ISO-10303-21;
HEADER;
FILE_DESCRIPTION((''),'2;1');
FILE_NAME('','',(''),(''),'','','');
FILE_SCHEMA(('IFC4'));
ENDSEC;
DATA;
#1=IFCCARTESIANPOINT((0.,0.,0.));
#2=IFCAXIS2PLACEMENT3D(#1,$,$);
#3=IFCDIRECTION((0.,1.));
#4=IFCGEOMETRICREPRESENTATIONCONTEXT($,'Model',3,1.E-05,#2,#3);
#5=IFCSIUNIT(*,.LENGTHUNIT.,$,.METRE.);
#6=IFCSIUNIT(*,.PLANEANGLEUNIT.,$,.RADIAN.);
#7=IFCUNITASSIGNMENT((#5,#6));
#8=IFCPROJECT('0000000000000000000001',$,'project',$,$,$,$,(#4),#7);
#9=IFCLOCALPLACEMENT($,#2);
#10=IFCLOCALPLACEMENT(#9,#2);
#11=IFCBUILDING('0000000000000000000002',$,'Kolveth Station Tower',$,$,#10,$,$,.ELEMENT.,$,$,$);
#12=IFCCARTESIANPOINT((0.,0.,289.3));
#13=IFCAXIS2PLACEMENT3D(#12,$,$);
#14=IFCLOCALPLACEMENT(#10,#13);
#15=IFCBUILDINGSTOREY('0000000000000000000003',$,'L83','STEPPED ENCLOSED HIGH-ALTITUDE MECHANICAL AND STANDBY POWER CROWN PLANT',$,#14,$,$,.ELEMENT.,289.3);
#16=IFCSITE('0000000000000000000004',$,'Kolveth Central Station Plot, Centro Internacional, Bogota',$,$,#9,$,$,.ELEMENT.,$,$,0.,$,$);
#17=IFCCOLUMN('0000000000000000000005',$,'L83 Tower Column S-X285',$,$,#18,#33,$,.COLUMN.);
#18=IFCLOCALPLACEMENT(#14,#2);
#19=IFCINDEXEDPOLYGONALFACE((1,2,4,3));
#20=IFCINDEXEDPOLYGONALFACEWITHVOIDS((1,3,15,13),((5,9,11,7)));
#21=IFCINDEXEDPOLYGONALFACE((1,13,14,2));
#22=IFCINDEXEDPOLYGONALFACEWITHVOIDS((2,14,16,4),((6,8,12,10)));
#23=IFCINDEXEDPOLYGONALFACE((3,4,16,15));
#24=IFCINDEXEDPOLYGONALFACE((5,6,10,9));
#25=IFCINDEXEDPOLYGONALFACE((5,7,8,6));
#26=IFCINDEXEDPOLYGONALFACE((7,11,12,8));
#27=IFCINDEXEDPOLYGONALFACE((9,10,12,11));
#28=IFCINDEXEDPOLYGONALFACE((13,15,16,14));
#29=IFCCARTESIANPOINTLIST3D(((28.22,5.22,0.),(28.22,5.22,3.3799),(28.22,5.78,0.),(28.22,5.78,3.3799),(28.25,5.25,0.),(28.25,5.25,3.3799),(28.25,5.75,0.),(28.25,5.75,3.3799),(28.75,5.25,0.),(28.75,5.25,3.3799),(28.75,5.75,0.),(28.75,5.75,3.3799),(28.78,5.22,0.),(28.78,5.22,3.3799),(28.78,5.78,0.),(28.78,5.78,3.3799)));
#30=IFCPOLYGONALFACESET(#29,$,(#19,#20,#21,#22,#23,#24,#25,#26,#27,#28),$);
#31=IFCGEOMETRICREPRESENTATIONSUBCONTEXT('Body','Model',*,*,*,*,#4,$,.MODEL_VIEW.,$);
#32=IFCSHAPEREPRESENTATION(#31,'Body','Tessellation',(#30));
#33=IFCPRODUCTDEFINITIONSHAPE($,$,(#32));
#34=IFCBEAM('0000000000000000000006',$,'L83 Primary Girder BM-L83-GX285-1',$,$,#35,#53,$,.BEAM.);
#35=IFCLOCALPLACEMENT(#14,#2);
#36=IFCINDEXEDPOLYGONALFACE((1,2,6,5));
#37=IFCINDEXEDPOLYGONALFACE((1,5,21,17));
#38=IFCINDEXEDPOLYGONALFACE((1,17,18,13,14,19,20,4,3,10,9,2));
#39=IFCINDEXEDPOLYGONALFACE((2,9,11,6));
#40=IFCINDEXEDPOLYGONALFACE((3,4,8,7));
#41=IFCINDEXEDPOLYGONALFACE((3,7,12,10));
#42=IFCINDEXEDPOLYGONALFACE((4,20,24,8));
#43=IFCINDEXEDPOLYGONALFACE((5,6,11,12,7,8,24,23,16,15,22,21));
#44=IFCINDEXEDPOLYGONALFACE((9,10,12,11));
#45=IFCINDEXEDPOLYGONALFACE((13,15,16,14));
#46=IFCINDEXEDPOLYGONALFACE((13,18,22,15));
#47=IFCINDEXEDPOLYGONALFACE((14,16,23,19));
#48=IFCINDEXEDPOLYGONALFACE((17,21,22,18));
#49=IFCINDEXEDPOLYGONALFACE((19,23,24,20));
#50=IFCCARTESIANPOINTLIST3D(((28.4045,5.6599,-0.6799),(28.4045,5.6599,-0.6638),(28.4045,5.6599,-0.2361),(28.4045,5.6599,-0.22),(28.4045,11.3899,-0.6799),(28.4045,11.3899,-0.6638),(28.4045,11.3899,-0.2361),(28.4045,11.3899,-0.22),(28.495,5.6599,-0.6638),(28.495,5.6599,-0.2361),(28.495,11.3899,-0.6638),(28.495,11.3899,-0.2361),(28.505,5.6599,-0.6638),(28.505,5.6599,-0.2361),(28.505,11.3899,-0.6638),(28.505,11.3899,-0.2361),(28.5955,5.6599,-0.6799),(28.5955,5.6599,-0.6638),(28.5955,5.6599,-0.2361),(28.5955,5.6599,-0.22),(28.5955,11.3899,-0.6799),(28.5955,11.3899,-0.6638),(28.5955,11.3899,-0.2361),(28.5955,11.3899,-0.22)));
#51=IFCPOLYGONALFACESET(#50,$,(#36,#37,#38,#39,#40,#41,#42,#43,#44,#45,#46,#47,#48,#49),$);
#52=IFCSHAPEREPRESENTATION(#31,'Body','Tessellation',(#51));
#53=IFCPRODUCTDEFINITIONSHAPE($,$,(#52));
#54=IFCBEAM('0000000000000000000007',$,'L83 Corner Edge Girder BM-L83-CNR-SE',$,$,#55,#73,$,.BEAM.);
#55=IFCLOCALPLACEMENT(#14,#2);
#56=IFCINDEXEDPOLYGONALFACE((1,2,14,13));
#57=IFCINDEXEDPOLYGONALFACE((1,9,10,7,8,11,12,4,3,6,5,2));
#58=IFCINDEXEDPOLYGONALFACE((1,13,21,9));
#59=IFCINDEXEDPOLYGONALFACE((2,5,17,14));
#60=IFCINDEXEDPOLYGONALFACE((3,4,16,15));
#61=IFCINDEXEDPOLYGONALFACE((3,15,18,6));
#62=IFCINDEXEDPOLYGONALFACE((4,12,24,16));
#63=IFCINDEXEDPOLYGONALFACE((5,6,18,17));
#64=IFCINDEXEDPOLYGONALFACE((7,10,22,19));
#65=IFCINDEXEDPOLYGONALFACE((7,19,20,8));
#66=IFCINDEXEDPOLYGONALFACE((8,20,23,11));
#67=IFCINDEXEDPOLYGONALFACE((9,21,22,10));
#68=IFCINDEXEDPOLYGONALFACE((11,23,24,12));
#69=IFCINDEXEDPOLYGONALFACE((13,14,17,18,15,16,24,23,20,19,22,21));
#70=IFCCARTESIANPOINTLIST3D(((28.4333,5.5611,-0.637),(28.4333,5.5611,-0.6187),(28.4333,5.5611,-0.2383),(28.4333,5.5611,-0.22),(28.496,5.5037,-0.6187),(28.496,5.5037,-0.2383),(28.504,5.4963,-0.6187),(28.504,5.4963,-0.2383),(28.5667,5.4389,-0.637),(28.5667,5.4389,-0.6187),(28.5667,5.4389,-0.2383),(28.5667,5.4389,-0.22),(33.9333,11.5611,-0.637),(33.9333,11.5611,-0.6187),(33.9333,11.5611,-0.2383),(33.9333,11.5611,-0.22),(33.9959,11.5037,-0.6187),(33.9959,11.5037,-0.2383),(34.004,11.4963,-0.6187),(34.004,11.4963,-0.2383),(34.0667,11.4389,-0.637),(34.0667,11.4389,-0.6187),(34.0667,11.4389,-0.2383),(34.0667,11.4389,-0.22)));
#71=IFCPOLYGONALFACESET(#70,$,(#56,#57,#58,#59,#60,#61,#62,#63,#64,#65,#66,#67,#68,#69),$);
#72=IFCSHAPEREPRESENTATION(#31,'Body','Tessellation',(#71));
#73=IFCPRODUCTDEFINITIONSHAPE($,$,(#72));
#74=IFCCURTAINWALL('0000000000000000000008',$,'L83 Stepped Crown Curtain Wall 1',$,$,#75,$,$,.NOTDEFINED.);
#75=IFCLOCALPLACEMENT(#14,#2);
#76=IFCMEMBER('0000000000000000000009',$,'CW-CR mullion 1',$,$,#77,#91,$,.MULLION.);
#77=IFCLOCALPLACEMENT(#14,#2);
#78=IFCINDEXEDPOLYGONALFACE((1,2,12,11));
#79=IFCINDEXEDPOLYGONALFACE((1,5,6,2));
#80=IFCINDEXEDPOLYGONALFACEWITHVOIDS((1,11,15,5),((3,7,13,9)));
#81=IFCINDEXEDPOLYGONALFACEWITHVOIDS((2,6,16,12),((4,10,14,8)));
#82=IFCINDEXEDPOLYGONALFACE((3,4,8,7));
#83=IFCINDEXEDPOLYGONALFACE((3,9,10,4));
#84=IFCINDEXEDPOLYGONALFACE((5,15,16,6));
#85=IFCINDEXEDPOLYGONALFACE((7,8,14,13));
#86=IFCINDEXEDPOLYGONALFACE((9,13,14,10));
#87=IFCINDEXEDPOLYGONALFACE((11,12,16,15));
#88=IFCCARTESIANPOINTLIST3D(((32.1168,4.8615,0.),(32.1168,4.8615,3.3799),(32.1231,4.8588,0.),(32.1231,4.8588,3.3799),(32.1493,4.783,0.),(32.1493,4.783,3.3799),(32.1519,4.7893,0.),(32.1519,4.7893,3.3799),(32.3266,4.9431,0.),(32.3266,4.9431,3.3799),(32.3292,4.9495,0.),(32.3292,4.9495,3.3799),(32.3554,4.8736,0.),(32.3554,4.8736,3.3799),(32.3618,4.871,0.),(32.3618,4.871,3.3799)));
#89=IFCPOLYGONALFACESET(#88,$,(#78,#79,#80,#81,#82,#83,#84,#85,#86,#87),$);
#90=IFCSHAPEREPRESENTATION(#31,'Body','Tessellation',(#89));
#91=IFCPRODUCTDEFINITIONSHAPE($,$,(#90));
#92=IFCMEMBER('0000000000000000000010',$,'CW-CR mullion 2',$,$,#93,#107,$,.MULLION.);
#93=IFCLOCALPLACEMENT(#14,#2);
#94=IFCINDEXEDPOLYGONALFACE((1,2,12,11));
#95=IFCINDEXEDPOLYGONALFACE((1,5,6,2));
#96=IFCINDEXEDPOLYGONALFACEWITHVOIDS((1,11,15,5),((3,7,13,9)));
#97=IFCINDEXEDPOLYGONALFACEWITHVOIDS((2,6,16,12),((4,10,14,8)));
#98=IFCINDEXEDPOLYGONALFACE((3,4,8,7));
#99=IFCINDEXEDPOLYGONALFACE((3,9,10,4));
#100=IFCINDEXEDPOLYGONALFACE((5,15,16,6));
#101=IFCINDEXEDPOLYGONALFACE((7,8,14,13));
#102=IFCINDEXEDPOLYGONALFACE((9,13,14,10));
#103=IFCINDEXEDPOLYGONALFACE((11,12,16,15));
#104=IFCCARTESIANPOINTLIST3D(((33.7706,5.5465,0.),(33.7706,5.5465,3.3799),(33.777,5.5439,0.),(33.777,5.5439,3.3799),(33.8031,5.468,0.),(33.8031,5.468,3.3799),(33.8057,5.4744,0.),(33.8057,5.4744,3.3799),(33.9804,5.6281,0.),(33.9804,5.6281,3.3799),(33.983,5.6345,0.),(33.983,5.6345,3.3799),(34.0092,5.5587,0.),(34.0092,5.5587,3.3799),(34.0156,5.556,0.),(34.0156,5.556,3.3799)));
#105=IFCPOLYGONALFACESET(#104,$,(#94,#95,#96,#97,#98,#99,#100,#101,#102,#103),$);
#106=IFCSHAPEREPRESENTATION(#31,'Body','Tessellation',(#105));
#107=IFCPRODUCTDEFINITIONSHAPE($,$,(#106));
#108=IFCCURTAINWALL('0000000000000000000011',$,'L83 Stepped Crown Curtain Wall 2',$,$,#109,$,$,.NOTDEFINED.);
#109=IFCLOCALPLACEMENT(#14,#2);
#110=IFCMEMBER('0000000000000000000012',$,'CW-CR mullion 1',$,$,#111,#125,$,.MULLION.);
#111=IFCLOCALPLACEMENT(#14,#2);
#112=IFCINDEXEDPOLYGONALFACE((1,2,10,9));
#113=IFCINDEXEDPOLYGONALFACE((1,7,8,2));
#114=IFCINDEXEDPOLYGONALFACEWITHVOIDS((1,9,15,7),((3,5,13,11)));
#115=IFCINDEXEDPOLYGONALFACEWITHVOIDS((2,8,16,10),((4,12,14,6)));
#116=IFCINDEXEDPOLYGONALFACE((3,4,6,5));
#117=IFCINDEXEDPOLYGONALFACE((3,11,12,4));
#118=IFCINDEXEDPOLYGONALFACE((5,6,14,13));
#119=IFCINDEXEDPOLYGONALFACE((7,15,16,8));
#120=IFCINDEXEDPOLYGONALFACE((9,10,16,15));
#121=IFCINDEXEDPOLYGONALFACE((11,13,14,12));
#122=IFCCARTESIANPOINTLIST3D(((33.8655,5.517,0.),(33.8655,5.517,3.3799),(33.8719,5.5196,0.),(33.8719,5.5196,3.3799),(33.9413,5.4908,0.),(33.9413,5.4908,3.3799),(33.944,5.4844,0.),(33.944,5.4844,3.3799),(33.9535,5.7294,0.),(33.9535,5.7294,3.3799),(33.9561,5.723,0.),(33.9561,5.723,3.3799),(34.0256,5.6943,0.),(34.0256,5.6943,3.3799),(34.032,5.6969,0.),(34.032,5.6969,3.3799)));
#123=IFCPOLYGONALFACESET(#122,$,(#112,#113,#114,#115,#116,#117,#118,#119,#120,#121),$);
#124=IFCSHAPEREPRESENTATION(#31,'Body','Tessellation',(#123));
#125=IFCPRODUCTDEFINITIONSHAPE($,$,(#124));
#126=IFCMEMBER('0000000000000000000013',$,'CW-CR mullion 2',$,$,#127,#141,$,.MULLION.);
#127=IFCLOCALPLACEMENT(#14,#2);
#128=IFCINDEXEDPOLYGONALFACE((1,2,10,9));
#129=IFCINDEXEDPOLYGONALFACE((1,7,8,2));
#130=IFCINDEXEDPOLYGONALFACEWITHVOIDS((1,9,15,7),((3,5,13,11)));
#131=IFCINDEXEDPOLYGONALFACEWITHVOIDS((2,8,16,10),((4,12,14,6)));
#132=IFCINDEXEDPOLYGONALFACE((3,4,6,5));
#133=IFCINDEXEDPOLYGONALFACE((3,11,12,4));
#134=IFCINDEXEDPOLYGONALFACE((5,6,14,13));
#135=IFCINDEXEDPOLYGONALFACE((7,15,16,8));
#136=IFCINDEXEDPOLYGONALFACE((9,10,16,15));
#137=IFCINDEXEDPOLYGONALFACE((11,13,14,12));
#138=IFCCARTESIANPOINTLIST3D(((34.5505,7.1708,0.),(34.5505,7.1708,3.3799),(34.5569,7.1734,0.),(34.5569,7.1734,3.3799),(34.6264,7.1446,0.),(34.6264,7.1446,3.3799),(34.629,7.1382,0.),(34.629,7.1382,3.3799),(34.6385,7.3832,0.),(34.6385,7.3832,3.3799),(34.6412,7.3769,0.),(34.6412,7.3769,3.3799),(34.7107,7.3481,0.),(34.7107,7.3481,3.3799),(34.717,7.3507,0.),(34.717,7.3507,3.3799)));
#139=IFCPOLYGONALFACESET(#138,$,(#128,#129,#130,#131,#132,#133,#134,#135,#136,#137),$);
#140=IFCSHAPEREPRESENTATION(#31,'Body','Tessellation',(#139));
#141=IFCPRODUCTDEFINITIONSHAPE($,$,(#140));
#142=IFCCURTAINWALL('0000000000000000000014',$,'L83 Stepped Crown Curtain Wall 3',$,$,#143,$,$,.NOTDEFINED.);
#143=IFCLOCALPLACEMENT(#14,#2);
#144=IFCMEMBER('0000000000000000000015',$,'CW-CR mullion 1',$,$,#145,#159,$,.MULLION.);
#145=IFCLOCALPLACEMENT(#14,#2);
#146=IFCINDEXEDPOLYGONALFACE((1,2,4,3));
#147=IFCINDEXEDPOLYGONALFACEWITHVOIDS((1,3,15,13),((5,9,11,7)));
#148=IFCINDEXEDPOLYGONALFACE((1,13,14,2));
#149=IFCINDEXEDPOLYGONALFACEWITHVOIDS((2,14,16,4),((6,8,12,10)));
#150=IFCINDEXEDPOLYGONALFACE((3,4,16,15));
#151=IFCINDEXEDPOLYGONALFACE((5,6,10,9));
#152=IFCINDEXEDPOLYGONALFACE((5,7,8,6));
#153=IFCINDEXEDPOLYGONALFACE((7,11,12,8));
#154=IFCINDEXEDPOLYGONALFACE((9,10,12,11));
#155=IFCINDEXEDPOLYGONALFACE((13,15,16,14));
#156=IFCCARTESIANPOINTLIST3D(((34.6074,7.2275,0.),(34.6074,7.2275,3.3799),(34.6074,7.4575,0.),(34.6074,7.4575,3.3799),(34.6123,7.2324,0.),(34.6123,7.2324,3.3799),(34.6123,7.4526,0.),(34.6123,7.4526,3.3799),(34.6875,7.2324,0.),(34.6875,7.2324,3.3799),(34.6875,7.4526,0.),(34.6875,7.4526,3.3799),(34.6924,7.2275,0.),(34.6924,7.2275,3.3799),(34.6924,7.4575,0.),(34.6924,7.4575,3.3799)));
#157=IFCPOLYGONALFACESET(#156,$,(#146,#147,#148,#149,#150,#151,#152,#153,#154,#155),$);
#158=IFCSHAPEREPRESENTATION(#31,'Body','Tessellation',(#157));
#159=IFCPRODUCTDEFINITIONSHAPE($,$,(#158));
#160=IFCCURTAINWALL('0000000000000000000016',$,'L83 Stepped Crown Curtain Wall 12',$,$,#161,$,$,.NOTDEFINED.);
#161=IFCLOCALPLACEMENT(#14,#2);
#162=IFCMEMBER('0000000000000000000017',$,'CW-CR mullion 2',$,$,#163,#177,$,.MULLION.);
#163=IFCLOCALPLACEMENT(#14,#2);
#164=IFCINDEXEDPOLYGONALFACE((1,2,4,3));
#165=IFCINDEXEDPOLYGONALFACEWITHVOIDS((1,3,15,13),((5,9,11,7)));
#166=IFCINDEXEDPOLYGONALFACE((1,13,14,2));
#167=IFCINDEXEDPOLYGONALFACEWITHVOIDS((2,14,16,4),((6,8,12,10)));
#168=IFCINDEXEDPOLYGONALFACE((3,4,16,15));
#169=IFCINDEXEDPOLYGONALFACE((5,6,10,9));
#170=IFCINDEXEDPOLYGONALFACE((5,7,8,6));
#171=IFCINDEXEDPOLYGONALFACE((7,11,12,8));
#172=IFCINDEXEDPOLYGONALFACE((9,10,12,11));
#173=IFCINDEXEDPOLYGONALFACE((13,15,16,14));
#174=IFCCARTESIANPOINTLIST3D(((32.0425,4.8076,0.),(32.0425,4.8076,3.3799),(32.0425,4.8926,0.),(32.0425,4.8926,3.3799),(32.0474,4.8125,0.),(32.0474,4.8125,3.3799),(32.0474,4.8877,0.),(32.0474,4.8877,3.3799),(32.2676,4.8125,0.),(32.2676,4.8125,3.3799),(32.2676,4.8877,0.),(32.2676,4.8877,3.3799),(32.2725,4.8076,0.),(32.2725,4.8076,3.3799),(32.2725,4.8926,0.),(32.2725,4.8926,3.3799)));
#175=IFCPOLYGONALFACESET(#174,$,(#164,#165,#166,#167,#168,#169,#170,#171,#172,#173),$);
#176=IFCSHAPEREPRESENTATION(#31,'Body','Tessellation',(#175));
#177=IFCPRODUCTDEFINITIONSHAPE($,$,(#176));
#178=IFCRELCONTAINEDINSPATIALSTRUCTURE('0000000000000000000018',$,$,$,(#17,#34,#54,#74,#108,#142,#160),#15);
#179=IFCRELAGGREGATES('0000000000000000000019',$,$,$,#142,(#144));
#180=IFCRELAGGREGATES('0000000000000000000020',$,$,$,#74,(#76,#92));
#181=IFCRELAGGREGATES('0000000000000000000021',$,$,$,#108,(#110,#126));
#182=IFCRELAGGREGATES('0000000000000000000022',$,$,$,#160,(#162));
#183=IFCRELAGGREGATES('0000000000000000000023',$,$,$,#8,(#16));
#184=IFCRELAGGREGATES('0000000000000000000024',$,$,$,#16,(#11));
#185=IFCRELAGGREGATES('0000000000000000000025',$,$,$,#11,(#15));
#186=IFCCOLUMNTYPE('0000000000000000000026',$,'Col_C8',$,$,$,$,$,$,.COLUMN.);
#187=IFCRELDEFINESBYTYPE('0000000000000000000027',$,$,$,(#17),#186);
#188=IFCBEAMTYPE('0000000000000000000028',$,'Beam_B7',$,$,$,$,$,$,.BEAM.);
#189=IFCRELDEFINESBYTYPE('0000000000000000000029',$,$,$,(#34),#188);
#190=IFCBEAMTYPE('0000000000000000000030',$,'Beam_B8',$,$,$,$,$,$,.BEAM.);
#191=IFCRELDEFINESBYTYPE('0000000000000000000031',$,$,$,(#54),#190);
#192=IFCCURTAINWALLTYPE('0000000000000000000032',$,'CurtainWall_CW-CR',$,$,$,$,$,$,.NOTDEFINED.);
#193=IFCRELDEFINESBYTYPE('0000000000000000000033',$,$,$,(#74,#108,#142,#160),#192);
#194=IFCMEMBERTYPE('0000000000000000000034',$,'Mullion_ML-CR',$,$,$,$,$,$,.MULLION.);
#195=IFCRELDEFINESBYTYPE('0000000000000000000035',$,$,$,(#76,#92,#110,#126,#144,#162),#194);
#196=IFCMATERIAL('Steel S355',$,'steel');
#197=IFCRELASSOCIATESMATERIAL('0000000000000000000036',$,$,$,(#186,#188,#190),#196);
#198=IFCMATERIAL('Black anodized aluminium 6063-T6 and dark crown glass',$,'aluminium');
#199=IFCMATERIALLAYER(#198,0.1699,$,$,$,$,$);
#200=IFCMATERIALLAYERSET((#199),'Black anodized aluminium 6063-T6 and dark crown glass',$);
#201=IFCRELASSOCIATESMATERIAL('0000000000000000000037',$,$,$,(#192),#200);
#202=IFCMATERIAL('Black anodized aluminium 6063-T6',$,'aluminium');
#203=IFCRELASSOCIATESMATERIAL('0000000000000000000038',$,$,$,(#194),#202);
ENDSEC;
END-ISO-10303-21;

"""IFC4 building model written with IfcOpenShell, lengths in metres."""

from ifc_helpers import new_model, si_unit, direction, frame, origin, origin_2d, place, context, subcontext, project, spatial, hollow_rectangle, i_section, extrude, source, transform, mapped, material, layer, layer_set, material_profile, profile_set, type_object, element, aggregate, save


model = new_model("IFC4")

# Units and contexts
model_context = context("Model", 3, precision=1e-05, world=origin(), true_north=direction((0.0, 1.0)))
body_context = subcontext(model_context, "Body", "Model", "MODEL_VIEW")
ifc_project = project(units=[si_unit("LENGTHUNIT", "METRE"), si_unit("PLANEANGLEUNIT", "RADIAN")], contexts=[model_context])

# Site, building, storey
site_placement = place(None, origin())
site = spatial("IfcSite", under=ifc_project, at=site_placement, Name="Kolveth Central Station Plot, Centro Internacional, Bogota", CompositionType="ELEMENT", RefElevation=0.0)
building_placement = place(site_placement, origin())
building = spatial("IfcBuilding", under=site, at=building_placement, Name="Kolveth Station Tower", CompositionType="ELEMENT")
storey_placement = place(building_placement, frame((0.0, 0.0, 289.3)))
storey = spatial("IfcBuildingStorey", under=building, at=storey_placement, Name="L83", Description="STEPPED ENCLOSED HIGH-ALTITUDE MECHANICAL AND STANDBY POWER CROWN PLANT", CompositionType="ELEMENT", Elevation=289.3)

# Column
ifc_material_1 = material(Name="Steel S355", Category="steel")
ifc_material_profile_1 = material_profile(ifc_material_1, hollow_rectangle(XDim=0.5601, YDim=0.5601, WallThickness=0.03, at=origin_2d()), Name="BOX560x560x30")
ifc_profile_set_1 = profile_set([ifc_material_profile_1], Name="Steel S355")
column_type = type_object("IfcColumnType", Name="Col_C8", PredefinedType="COLUMN", material=ifc_profile_set_1)
shared_shape_1 = source(origin(), body_context, "Body", "SweptSolid", [
    extrude(hollow_rectangle(XDim=0.5601, YDim=0.5601, WallThickness=0.03, at=origin_2d()), origin(), (0.0, 0.0, 1.0), 3.3799),
])
column_placement = place(storey_placement, frame((28.5, 5.5, 0.0), z_axis=(0.0, 0.0, 1.0), x_axis=(1.0, 0.0, 0.0)))
element("IfcColumn", 1, at=column_placement, inside=storey, type_object=column_type, Name="L83 Tower Column S-X285", PredefinedType="COLUMN", context=body_context, shape_type="MappedRepresentation", body=[
    mapped(shared_shape_1, transform((0.0, 0.0, 0.0), x_axis=(1.0, 0.0, 0.0), y_axis=(0.0, 1.0, 0.0), z_axis=(0.0, 0.0, 1.0), scale=1.0)),
])

# Beams
ifc_material_profile_2 = material_profile(ifc_material_1, i_section(OverallWidth=0.1909, OverallDepth=0.46, WebThickness=0.01, FlangeThickness=0.0161, at=origin_2d()), Name="W460x82")
ifc_profile_set_2 = profile_set([ifc_material_profile_2], Name="Steel S355")
beam_type_1 = type_object("IfcBeamType", Name="Beam_B7", PredefinedType="BEAM", material=ifc_profile_set_2)
shared_shape_2 = source(origin(), body_context, "Body", "SweptSolid", [
    extrude(i_section(OverallWidth=0.1909, OverallDepth=0.46, WebThickness=0.01, FlangeThickness=0.0161, at=origin_2d()), origin(), (0.0, 0.0, 1.0), 5.73),
])
beam_1_placement = place(storey_placement, frame((28.5, 5.6599, -0.45), z_axis=(0.0, 1.0, 0.0), x_axis=(-1.0, 0.0, 0.0)))
element("IfcBeam", 2, at=beam_1_placement, inside=storey, type_object=beam_type_1, Name="L83 Primary Girder BM-L83-GX285-1", PredefinedType="BEAM", context=body_context, shape_type="MappedRepresentation", body=[
    mapped(shared_shape_2, transform((0.0, 0.0, 0.0), x_axis=(1.0, 0.0, 0.0), y_axis=(0.0, 1.0, 0.0), z_axis=(0.0, 0.0, 1.0), scale=1.0)),
])
ifc_material_profile_3 = material_profile(ifc_material_1, i_section(OverallWidth=0.1809, OverallDepth=0.417, WebThickness=0.011, FlangeThickness=0.0183, at=origin_2d()), Name="W410x85")
ifc_profile_set_3 = profile_set([ifc_material_profile_3], Name="Steel S355")
beam_type_2 = type_object("IfcBeamType", Name="Beam_B8", PredefinedType="BEAM", material=ifc_profile_set_3)
shared_shape_3 = source(origin(), body_context, "Body", "SweptSolid", [
    extrude(i_section(OverallWidth=0.1809, OverallDepth=0.417, WebThickness=0.011, FlangeThickness=0.0183, at=origin_2d()), origin(), (0.0, 0.0, 1.0), 8.1394),
])
beam_2_placement = place(storey_placement, frame((28.5, 5.5, -0.4285), z_axis=(0.675725, 0.737154, 0.0), x_axis=(-0.737154, 0.675725, 0.0)))
element("IfcBeam", 3, at=beam_2_placement, inside=storey, type_object=beam_type_2, Name="L83 Corner Edge Girder BM-L83-CNR-SE", PredefinedType="BEAM", context=body_context, shape_type="MappedRepresentation", body=[
    mapped(shared_shape_3, transform((0.0, 0.0, 0.0), x_axis=(1.0, 0.0, 0.0), y_axis=(0.0, 1.0, 0.0), z_axis=(0.0, 0.0, 1.0), scale=1.0)),
])

# Curtain walls, members
ifc_material_2 = material(Name="Black anodized aluminium 6063-T6 and dark crown glass", Category="aluminium")
ifc_layer_1 = layer(ifc_material_2, 0.1699)
ifc_layer_set_1 = layer_set([ifc_layer_1], Name="Black anodized aluminium 6063-T6 and dark crown glass")
curtain_wall_type = type_object("IfcCurtainWallType", Name="CurtainWall_CW-CR", PredefinedType="NOTDEFINED", material=ifc_layer_set_1)
curtain_wall_1_placement = place(storey_placement, origin())
curtain_wall_1 = element("IfcCurtainWall", 4, at=curtain_wall_1_placement, inside=storey, type_object=curtain_wall_type, Name="L83 Stepped Crown Curtain Wall 1", PredefinedType="NOTDEFINED")
ifc_material_3 = material(Name="Black anodized aluminium 6063-T6", Category="aluminium")
ifc_material_profile_4 = material_profile(ifc_material_3, hollow_rectangle(XDim=0.085, YDim=0.23, WallThickness=0.0049, at=origin_2d()), Name="ALU-85x230x5")
ifc_profile_set_4 = profile_set([ifc_material_profile_4], Name="Black anodized aluminium 6063-T6")
member_type_1 = type_object("IfcMemberType", Name="Mullion_ML-CR", PredefinedType="MULLION", material=ifc_profile_set_4)
shared_shape_4 = source(origin(), body_context, "Body", "SweptSolid", [
    extrude(hollow_rectangle(XDim=0.085, YDim=0.23, WallThickness=0.0049, at=origin_2d()), origin(), (0.0, 0.0, 1.0), 3.3799),
])
member_1_placement = place(storey_placement, frame((32.2393, 4.8662, 0.0), z_axis=(0.0, 0.0, 1.0), x_axis=(-0.382691, 0.923876, 0.0)))
member_1 = element("IfcMember", 5, at=member_1_placement, type_object=member_type_1, Name="CW-CR mullion 1", PredefinedType="MULLION", context=body_context, shape_type="MappedRepresentation", body=[
    mapped(shared_shape_4, transform((0.0, 0.0, 0.0), x_axis=(1.0, 0.0, 0.0), y_axis=(0.0, 1.0, 0.0), z_axis=(0.0, 0.0, 1.0), scale=1.0)),
])
member_2_placement = place(storey_placement, frame((33.8931, 5.5513, 0.0), z_axis=(0.0, 0.0, 1.0), x_axis=(-0.382691, 0.923876, 0.0)))
member_2 = element("IfcMember", 6, at=member_2_placement, type_object=member_type_1, Name="CW-CR mullion 2", PredefinedType="MULLION", context=body_context, shape_type="MappedRepresentation", body=[
    mapped(shared_shape_4, transform((0.0, 0.0, 0.0), x_axis=(1.0, 0.0, 0.0), y_axis=(0.0, 1.0, 0.0), z_axis=(0.0, 0.0, 1.0), scale=1.0)),
])
curtain_wall_2_placement = place(storey_placement, origin())
curtain_wall_2 = element("IfcCurtainWall", 7, at=curtain_wall_2_placement, inside=storey, type_object=curtain_wall_type, Name="L83 Stepped Crown Curtain Wall 2", PredefinedType="NOTDEFINED")
member_3_placement = place(storey_placement, frame((33.9487, 5.6069, 0.0), z_axis=(0.0, 0.0, 1.0), x_axis=(-0.923876, 0.382691, 0.0)))
member_3 = element("IfcMember", 8, at=member_3_placement, type_object=member_type_1, Name="CW-CR mullion 1", PredefinedType="MULLION", context=body_context, shape_type="MappedRepresentation", body=[
    mapped(shared_shape_4, transform((0.0, 0.0, 0.0), x_axis=(1.0, 0.0, 0.0), y_axis=(0.0, 1.0, 0.0), z_axis=(0.0, 0.0, 1.0), scale=1.0)),
])
member_4_placement = place(storey_placement, frame((34.6338, 7.2607, 0.0), z_axis=(0.0, 0.0, 1.0), x_axis=(-0.923876, 0.382691, 0.0)))
member_4 = element("IfcMember", 9, at=member_4_placement, type_object=member_type_1, Name="CW-CR mullion 2", PredefinedType="MULLION", context=body_context, shape_type="MappedRepresentation", body=[
    mapped(shared_shape_4, transform((0.0, 0.0, 0.0), x_axis=(1.0, 0.0, 0.0), y_axis=(0.0, 1.0, 0.0), z_axis=(0.0, 0.0, 1.0), scale=1.0)),
])

# Curtain walls, members
curtain_wall_3_placement = place(storey_placement, origin())
curtain_wall_3 = element("IfcCurtainWall", 10, at=curtain_wall_3_placement, inside=storey, type_object=curtain_wall_type, Name="L83 Stepped Crown Curtain Wall 3", PredefinedType="NOTDEFINED")
member_5_placement = place(storey_placement, frame((34.6499, 7.3425, 0.0), z_axis=(0.0, 0.0, 1.0), x_axis=(-1.0, 0.0, 0.0)))
member_5 = element("IfcMember", 11, at=member_5_placement, type_object=member_type_1, Name="CW-CR mullion 1", PredefinedType="MULLION", context=body_context, shape_type="MappedRepresentation", body=[
    mapped(shared_shape_4, transform((0.0, 0.0, 0.0), x_axis=(1.0, 0.0, 0.0), y_axis=(0.0, 1.0, 0.0), z_axis=(0.0, 0.0, 1.0), scale=1.0)),
])
curtain_wall_4_placement = place(storey_placement, origin())
curtain_wall_4 = element("IfcCurtainWall", 12, at=curtain_wall_4_placement, inside=storey, type_object=curtain_wall_type, Name="L83 Stepped Crown Curtain Wall 12", PredefinedType="NOTDEFINED")
member_6_placement = place(storey_placement, frame((32.1575, 4.8501, 0.0), z_axis=(0.0, 0.0, 1.0), x_axis=(0.0, 1.0, 0.0)))
member_6 = element("IfcMember", 13, at=member_6_placement, type_object=member_type_1, Name="CW-CR mullion 2", PredefinedType="MULLION", context=body_context, shape_type="MappedRepresentation", body=[
    mapped(shared_shape_4, transform((0.0, 0.0, 0.0), x_axis=(1.0, 0.0, 0.0), y_axis=(0.0, 1.0, 0.0), z_axis=(0.0, 0.0, 1.0), scale=1.0)),
])

aggregate(curtain_wall_3, [member_5])

aggregate(curtain_wall_1, [member_1, member_2])
aggregate(curtain_wall_2, [member_3, member_4])
aggregate(curtain_wall_4, [member_6])

save(model, "model.ifc")
